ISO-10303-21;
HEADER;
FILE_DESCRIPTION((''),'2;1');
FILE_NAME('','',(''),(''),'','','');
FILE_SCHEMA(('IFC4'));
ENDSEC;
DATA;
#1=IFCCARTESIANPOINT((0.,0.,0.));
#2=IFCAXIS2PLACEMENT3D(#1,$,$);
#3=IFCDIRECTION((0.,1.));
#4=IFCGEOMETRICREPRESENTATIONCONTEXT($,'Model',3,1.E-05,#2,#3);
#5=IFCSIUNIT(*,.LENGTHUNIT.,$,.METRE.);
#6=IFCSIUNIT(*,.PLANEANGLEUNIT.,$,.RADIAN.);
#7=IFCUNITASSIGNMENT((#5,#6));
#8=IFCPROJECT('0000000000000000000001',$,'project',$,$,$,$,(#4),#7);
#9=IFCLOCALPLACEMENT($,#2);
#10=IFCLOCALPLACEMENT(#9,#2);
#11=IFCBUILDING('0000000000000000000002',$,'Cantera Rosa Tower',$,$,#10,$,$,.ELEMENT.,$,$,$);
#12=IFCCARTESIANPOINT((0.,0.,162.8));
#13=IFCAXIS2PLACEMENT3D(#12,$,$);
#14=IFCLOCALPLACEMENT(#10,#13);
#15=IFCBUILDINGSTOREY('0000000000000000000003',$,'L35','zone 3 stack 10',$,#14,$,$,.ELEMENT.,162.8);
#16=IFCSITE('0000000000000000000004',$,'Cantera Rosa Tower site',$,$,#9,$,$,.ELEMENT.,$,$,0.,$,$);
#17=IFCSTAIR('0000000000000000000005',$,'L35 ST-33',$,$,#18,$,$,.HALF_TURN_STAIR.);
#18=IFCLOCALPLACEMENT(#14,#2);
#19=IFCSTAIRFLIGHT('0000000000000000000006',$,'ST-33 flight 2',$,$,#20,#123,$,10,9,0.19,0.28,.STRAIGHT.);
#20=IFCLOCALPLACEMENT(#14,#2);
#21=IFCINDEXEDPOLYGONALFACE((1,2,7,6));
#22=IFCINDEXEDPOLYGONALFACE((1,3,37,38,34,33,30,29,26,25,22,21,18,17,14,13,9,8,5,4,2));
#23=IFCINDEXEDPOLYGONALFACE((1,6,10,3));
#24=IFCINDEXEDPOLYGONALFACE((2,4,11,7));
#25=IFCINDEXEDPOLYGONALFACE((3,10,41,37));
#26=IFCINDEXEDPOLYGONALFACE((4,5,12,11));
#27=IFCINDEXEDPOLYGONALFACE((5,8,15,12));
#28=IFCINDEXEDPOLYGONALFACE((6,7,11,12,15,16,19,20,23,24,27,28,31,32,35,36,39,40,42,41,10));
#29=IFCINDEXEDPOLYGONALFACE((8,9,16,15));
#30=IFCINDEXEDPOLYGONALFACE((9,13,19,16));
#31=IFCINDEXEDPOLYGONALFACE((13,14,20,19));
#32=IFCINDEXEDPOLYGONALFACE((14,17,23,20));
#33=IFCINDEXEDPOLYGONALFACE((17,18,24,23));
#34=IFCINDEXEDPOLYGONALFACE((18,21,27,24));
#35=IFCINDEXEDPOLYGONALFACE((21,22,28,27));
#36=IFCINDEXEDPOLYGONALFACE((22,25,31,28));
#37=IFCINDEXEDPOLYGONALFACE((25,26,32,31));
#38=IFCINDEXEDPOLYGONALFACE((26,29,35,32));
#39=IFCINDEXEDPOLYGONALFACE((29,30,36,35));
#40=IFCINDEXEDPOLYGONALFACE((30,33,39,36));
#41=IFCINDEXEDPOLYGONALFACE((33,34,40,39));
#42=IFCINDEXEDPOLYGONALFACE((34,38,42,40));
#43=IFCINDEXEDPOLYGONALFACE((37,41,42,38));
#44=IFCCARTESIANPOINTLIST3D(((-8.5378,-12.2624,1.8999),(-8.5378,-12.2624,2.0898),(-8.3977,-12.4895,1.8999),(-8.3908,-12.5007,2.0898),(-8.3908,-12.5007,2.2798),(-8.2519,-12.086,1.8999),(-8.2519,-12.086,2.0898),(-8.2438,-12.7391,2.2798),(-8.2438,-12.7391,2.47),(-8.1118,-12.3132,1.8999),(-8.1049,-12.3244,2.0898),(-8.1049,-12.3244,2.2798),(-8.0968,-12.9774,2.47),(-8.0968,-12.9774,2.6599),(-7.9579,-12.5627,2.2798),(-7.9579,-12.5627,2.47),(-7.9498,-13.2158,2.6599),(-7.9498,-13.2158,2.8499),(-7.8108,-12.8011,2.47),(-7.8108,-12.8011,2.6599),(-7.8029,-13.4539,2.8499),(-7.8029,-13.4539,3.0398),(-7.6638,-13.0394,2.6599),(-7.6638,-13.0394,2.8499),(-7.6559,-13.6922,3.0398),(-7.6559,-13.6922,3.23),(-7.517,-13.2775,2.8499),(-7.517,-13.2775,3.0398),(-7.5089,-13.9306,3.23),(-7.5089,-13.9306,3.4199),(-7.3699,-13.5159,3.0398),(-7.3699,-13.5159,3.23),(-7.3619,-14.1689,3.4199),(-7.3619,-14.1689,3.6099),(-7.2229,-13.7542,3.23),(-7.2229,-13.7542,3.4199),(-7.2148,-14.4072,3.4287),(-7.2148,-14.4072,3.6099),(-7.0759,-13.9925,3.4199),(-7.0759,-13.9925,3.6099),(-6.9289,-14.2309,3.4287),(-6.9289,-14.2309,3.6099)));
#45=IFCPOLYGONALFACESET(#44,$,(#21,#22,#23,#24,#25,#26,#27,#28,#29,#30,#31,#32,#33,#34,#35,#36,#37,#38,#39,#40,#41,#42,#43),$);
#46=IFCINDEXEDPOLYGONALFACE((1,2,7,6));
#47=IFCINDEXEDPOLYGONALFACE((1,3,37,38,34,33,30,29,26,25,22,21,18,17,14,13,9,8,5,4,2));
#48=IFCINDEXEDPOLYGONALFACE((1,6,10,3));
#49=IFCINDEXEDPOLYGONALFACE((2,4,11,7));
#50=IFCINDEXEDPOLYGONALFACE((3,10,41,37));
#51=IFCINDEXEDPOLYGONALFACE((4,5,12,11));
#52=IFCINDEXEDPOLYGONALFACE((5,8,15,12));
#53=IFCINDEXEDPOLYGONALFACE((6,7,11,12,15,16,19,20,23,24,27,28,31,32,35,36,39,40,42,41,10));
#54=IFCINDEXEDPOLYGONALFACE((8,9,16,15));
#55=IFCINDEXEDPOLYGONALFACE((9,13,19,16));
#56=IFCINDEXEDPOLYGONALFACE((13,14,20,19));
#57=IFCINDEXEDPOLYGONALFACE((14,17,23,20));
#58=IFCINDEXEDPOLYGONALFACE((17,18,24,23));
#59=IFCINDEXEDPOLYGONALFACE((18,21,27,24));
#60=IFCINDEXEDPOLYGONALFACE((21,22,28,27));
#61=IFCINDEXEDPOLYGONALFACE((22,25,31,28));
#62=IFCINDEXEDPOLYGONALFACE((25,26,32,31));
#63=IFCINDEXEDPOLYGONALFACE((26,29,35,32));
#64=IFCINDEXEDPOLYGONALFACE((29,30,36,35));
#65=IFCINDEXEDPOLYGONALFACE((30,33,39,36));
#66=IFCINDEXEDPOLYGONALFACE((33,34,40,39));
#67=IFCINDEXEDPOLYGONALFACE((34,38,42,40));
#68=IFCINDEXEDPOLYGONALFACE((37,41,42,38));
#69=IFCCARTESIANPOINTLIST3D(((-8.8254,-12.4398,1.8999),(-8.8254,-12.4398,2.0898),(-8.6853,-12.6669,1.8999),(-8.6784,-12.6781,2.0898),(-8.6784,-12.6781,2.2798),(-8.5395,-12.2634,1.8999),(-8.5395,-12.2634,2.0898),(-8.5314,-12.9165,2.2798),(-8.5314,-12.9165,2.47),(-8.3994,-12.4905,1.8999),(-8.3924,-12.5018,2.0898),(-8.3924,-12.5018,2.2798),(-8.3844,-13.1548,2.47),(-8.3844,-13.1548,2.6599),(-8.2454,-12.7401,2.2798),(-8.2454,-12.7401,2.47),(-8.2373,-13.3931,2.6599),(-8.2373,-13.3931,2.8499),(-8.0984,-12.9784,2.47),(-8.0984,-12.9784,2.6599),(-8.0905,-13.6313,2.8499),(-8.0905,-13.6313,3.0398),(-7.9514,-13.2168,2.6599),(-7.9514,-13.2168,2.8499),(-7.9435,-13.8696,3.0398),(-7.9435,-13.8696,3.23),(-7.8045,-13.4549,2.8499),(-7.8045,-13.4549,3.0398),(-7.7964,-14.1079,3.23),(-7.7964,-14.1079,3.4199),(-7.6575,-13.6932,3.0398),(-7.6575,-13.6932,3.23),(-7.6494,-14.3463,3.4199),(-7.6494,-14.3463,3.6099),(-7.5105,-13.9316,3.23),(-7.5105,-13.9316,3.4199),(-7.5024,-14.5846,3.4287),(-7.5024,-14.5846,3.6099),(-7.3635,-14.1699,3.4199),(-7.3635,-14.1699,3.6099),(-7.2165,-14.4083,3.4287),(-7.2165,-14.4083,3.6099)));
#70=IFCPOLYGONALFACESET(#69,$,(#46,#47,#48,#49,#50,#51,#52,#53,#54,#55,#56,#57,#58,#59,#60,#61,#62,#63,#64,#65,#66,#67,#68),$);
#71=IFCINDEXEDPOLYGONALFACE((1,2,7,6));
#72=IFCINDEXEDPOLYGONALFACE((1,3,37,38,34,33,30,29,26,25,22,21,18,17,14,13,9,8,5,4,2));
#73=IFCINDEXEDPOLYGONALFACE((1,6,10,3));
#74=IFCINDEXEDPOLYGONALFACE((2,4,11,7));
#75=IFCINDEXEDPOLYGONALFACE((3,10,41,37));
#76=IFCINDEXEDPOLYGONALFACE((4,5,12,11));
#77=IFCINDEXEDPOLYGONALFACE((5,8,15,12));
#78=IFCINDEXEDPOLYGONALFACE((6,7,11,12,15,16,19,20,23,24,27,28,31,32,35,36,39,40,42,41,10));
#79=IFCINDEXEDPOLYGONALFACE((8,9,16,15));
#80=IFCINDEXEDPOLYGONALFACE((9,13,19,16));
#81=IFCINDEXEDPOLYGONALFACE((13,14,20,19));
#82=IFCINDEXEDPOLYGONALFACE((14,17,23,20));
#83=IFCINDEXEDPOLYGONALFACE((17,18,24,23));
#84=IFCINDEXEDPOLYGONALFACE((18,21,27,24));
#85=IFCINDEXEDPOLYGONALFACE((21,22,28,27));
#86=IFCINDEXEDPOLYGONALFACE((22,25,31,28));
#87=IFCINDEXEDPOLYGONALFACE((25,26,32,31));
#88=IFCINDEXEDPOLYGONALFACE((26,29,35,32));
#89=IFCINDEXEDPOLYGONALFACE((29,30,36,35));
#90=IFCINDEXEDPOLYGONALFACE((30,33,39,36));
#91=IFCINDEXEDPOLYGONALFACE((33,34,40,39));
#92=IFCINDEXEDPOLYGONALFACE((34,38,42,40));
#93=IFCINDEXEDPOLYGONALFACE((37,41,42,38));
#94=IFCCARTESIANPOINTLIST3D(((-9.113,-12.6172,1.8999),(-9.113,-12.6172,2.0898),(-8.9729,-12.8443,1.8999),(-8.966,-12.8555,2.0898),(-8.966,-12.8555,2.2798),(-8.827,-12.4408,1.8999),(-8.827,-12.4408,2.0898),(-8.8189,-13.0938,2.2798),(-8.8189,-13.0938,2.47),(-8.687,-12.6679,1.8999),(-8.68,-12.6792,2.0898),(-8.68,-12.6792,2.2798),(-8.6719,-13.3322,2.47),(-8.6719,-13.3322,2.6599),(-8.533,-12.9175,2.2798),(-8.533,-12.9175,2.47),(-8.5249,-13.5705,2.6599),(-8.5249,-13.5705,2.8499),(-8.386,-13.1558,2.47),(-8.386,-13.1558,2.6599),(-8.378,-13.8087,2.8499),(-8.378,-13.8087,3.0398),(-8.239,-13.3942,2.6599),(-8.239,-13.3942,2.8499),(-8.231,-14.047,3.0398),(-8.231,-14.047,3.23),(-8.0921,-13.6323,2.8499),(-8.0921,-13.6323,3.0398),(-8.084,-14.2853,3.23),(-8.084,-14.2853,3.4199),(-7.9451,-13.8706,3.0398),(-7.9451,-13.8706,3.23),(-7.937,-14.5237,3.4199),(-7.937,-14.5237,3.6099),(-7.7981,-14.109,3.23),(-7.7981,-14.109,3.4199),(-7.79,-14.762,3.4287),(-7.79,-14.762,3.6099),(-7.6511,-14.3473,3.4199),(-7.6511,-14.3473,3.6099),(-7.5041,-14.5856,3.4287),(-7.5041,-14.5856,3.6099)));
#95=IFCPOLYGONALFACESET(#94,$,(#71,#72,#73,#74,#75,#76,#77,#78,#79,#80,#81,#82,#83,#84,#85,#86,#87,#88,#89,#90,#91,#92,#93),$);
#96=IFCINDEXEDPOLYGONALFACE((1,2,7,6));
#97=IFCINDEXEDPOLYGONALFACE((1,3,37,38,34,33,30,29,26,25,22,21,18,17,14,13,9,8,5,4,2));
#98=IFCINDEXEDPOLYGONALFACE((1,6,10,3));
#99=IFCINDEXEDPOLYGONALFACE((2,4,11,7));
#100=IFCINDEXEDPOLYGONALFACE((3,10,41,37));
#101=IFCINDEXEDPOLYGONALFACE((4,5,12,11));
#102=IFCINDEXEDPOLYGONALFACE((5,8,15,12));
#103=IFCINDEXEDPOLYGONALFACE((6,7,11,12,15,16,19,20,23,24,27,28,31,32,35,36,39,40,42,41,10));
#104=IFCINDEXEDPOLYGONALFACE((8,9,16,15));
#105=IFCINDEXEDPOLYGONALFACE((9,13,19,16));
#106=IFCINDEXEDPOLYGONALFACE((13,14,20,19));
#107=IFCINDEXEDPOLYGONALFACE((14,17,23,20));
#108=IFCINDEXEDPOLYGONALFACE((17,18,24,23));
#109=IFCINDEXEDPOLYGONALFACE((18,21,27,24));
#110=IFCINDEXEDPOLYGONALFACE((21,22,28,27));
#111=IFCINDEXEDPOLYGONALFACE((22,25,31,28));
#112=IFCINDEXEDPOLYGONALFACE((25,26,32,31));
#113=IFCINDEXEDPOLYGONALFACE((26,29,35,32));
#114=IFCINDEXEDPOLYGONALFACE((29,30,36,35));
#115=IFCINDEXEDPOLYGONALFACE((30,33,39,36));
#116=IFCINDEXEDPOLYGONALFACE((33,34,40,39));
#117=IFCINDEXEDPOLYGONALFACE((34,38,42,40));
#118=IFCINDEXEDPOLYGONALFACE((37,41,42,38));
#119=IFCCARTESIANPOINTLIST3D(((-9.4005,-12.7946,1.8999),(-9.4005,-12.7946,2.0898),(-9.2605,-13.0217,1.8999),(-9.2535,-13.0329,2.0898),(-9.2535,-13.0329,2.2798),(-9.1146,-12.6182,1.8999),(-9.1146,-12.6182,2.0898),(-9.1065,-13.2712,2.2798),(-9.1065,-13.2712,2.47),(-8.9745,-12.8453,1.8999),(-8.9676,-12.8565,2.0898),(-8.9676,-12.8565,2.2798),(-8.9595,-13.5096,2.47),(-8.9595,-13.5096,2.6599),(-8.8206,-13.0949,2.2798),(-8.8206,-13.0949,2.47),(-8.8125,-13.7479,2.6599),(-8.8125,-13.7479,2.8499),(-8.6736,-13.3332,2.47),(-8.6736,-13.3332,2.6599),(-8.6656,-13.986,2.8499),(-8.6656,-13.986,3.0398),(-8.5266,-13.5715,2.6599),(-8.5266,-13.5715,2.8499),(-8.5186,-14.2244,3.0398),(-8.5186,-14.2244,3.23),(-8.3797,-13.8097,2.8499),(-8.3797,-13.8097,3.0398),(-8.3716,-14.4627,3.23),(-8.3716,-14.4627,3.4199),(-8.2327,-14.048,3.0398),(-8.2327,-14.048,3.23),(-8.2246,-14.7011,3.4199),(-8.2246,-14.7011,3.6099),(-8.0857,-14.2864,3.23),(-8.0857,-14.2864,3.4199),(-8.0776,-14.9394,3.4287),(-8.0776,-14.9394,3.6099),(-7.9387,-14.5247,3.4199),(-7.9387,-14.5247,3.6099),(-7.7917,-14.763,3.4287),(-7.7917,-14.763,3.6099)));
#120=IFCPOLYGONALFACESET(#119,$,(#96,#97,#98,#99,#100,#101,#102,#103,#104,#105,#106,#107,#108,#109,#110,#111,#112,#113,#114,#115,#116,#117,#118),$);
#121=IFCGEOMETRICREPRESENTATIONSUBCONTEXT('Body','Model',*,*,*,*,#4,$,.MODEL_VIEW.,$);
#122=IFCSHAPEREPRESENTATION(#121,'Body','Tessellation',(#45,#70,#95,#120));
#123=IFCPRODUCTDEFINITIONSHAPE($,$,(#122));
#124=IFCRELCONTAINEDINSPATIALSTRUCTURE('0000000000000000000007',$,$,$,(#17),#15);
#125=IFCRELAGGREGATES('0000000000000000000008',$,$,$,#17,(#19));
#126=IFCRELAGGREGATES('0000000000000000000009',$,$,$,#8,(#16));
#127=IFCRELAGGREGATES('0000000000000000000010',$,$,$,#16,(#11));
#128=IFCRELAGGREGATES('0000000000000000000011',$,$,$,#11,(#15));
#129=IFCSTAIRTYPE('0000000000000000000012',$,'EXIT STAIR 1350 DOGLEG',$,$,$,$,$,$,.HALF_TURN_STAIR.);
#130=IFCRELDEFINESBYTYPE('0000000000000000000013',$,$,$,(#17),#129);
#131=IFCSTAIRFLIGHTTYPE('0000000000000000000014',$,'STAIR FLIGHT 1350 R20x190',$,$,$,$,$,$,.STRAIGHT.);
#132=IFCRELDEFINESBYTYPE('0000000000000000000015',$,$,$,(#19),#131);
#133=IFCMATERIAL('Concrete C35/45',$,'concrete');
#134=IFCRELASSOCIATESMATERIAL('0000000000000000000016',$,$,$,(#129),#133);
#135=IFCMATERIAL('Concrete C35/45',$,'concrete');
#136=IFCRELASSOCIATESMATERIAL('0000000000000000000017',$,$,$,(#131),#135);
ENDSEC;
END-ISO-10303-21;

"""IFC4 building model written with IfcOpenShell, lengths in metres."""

from ifc_helpers import new_model, si_unit, direction, frame, origin, place, context, subcontext, project, spatial, polyline, outline, extrude, material, type_object, element, aggregate, save


model = new_model("IFC4")

# Units and contexts
model_context = context("Model", 3, precision=1e-05, world=origin(), true_north=direction((0.0, 1.0)))
body_context = subcontext(model_context, "Body", "Model", "MODEL_VIEW")
ifc_project = project(units=[si_unit("LENGTHUNIT", "METRE"), si_unit("PLANEANGLEUNIT", "RADIAN")], contexts=[model_context])

# Site, building, storey
site_placement = place(None, origin())
site = spatial("IfcSite", under=ifc_project, at=site_placement, Name="Cantera Rosa Tower site", CompositionType="ELEMENT", RefElevation=0.0)
building_placement = place(site_placement, origin())
building = spatial("IfcBuilding", under=site, at=building_placement, Name="Cantera Rosa Tower", CompositionType="ELEMENT")
storey_placement = place(building_placement, frame((0.0, 0.0, 162.8)))
storey = spatial("IfcBuildingStorey", under=building, at=storey_placement, Name="L35", Description="zone 3 stack 10", CompositionType="ELEMENT", Elevation=162.8)

# Stair, stair flight
ifc_material_1 = material(Name="Concrete C35/45", Category="concrete")
stair_type = type_object("IfcStairType", Name="EXIT STAIR 1350 DOGLEG", PredefinedType="HALF_TURN_STAIR", material=ifc_material_1)
stair_placement = place(storey_placement, origin())
stair = element("IfcStair", 1, at=stair_placement, inside=storey, type_object=stair_type, Name="L35 ST-33", PredefinedType="HALF_TURN_STAIR")
ifc_material_2 = material(Name="Concrete C35/45", Category="concrete")
stair_flight_type = type_object("IfcStairFlightType", Name="STAIR FLIGHT 1350 R20x190", PredefinedType="STRAIGHT", material=ifc_material_2)
stair_flight_1_placement = place(storey_placement, frame((-8.8264, -12.4404, 1.8999), z_axis=(0.0, 0.0, 1.0), x_axis=(0.524977, -0.851117, 0.0)))
stair_flight_1 = element("IfcStairFlight", 2, at=stair_flight_1_placement, type_object=stair_flight_type, Name="ST-33 flight 2", NumberOfRisers=10, NumberOfTreads=9, PredefinedType="STRAIGHT", RiserHeight=0.19, TreadLength=0.28, context=body_context, shape_type="SweptSolid", body=[
    extrude(outline(polyline([(0.0, 0.0), (0.0, 0.1899), (0.28, 0.1899), (0.28, 0.3799), (0.5601, 0.3799), (0.5601, 0.5701), (0.8401, 0.5701), (0.8401, 0.76), (1.1201, 0.76), (1.1201, 0.95), (1.3999, 0.95), (1.3999, 1.1399), (1.6799, 1.1399), (1.6799, 1.3301), (1.96, 1.3301), (1.96, 1.52), (2.24, 1.52), (2.24, 1.71), (2.52, 1.71), (2.52, 1.8999), (2.52, 1.5288), (0.2668, 0.0), (0.0, 0.0)])), frame((0.0, 0.675, 0.0), z_axis=(0.0, -1.0, 0.0), x_axis=(1.0, 0.0, 0.0)), (0.0, 0.0, 1.0), 0.3359),
    extrude(outline(polyline([(0.0, 0.0), (0.0, 0.1899), (0.28, 0.1899), (0.28, 0.3799), (0.5601, 0.3799), (0.5601, 0.5701), (0.8401, 0.5701), (0.8401, 0.76), (1.1201, 0.76), (1.1201, 0.95), (1.3999, 0.95), (1.3999, 1.1399), (1.6799, 1.1399), (1.6799, 1.3301), (1.96, 1.3301), (1.96, 1.52), (2.24, 1.52), (2.24, 1.71), (2.52, 1.71), (2.52, 1.8999), (2.52, 1.5288), (0.2668, 0.0), (0.0, 0.0)])), frame((0.0, 0.3372, 0.0), z_axis=(0.0, -1.0, 0.0), x_axis=(1.0, 0.0, 0.0)), (0.0, 0.0, 1.0), 0.3359),
    extrude(outline(polyline([(0.0, 0.0), (0.0, 0.1899), (0.28, 0.1899), (0.28, 0.3799), (0.5601, 0.3799), (0.5601, 0.5701), (0.8401, 0.5701), (0.8401, 0.76), (1.1201, 0.76), (1.1201, 0.95), (1.3999, 0.95), (1.3999, 1.1399), (1.6799, 1.1399), (1.6799, 1.3301), (1.96, 1.3301), (1.96, 1.52), (2.24, 1.52), (2.24, 1.71), (2.52, 1.71), (2.52, 1.8999), (2.52, 1.5288), (0.2668, 0.0), (0.0, 0.0)])), frame((0.0, -0.0007, 0.0), z_axis=(0.0, -1.0, 0.0), x_axis=(1.0, 0.0, 0.0)), (0.0, 0.0, 1.0), 0.3359),
    extrude(outline(polyline([(0.0, 0.0), (0.0, 0.1899), (0.28, 0.1899), (0.28, 0.3799), (0.5601, 0.3799), (0.5601, 0.5701), (0.8401, 0.5701), (0.8401, 0.76), (1.1201, 0.76), (1.1201, 0.95), (1.3999, 0.95), (1.3999, 1.1399), (1.6799, 1.1399), (1.6799, 1.3301), (1.96, 1.3301), (1.96, 1.52), (2.24, 1.52), (2.24, 1.71), (2.52, 1.71), (2.52, 1.8999), (2.52, 1.5288), (0.2668, 0.0), (0.0, 0.0)])), frame((0.0, -0.3386, 0.0), z_axis=(0.0, -1.0, 0.0), x_axis=(1.0, 0.0, 0.0)), (0.0, 0.0, 1.0), 0.3359),
])
aggregate(stair, [stair_flight_1])

save(model, "model.ifc")
